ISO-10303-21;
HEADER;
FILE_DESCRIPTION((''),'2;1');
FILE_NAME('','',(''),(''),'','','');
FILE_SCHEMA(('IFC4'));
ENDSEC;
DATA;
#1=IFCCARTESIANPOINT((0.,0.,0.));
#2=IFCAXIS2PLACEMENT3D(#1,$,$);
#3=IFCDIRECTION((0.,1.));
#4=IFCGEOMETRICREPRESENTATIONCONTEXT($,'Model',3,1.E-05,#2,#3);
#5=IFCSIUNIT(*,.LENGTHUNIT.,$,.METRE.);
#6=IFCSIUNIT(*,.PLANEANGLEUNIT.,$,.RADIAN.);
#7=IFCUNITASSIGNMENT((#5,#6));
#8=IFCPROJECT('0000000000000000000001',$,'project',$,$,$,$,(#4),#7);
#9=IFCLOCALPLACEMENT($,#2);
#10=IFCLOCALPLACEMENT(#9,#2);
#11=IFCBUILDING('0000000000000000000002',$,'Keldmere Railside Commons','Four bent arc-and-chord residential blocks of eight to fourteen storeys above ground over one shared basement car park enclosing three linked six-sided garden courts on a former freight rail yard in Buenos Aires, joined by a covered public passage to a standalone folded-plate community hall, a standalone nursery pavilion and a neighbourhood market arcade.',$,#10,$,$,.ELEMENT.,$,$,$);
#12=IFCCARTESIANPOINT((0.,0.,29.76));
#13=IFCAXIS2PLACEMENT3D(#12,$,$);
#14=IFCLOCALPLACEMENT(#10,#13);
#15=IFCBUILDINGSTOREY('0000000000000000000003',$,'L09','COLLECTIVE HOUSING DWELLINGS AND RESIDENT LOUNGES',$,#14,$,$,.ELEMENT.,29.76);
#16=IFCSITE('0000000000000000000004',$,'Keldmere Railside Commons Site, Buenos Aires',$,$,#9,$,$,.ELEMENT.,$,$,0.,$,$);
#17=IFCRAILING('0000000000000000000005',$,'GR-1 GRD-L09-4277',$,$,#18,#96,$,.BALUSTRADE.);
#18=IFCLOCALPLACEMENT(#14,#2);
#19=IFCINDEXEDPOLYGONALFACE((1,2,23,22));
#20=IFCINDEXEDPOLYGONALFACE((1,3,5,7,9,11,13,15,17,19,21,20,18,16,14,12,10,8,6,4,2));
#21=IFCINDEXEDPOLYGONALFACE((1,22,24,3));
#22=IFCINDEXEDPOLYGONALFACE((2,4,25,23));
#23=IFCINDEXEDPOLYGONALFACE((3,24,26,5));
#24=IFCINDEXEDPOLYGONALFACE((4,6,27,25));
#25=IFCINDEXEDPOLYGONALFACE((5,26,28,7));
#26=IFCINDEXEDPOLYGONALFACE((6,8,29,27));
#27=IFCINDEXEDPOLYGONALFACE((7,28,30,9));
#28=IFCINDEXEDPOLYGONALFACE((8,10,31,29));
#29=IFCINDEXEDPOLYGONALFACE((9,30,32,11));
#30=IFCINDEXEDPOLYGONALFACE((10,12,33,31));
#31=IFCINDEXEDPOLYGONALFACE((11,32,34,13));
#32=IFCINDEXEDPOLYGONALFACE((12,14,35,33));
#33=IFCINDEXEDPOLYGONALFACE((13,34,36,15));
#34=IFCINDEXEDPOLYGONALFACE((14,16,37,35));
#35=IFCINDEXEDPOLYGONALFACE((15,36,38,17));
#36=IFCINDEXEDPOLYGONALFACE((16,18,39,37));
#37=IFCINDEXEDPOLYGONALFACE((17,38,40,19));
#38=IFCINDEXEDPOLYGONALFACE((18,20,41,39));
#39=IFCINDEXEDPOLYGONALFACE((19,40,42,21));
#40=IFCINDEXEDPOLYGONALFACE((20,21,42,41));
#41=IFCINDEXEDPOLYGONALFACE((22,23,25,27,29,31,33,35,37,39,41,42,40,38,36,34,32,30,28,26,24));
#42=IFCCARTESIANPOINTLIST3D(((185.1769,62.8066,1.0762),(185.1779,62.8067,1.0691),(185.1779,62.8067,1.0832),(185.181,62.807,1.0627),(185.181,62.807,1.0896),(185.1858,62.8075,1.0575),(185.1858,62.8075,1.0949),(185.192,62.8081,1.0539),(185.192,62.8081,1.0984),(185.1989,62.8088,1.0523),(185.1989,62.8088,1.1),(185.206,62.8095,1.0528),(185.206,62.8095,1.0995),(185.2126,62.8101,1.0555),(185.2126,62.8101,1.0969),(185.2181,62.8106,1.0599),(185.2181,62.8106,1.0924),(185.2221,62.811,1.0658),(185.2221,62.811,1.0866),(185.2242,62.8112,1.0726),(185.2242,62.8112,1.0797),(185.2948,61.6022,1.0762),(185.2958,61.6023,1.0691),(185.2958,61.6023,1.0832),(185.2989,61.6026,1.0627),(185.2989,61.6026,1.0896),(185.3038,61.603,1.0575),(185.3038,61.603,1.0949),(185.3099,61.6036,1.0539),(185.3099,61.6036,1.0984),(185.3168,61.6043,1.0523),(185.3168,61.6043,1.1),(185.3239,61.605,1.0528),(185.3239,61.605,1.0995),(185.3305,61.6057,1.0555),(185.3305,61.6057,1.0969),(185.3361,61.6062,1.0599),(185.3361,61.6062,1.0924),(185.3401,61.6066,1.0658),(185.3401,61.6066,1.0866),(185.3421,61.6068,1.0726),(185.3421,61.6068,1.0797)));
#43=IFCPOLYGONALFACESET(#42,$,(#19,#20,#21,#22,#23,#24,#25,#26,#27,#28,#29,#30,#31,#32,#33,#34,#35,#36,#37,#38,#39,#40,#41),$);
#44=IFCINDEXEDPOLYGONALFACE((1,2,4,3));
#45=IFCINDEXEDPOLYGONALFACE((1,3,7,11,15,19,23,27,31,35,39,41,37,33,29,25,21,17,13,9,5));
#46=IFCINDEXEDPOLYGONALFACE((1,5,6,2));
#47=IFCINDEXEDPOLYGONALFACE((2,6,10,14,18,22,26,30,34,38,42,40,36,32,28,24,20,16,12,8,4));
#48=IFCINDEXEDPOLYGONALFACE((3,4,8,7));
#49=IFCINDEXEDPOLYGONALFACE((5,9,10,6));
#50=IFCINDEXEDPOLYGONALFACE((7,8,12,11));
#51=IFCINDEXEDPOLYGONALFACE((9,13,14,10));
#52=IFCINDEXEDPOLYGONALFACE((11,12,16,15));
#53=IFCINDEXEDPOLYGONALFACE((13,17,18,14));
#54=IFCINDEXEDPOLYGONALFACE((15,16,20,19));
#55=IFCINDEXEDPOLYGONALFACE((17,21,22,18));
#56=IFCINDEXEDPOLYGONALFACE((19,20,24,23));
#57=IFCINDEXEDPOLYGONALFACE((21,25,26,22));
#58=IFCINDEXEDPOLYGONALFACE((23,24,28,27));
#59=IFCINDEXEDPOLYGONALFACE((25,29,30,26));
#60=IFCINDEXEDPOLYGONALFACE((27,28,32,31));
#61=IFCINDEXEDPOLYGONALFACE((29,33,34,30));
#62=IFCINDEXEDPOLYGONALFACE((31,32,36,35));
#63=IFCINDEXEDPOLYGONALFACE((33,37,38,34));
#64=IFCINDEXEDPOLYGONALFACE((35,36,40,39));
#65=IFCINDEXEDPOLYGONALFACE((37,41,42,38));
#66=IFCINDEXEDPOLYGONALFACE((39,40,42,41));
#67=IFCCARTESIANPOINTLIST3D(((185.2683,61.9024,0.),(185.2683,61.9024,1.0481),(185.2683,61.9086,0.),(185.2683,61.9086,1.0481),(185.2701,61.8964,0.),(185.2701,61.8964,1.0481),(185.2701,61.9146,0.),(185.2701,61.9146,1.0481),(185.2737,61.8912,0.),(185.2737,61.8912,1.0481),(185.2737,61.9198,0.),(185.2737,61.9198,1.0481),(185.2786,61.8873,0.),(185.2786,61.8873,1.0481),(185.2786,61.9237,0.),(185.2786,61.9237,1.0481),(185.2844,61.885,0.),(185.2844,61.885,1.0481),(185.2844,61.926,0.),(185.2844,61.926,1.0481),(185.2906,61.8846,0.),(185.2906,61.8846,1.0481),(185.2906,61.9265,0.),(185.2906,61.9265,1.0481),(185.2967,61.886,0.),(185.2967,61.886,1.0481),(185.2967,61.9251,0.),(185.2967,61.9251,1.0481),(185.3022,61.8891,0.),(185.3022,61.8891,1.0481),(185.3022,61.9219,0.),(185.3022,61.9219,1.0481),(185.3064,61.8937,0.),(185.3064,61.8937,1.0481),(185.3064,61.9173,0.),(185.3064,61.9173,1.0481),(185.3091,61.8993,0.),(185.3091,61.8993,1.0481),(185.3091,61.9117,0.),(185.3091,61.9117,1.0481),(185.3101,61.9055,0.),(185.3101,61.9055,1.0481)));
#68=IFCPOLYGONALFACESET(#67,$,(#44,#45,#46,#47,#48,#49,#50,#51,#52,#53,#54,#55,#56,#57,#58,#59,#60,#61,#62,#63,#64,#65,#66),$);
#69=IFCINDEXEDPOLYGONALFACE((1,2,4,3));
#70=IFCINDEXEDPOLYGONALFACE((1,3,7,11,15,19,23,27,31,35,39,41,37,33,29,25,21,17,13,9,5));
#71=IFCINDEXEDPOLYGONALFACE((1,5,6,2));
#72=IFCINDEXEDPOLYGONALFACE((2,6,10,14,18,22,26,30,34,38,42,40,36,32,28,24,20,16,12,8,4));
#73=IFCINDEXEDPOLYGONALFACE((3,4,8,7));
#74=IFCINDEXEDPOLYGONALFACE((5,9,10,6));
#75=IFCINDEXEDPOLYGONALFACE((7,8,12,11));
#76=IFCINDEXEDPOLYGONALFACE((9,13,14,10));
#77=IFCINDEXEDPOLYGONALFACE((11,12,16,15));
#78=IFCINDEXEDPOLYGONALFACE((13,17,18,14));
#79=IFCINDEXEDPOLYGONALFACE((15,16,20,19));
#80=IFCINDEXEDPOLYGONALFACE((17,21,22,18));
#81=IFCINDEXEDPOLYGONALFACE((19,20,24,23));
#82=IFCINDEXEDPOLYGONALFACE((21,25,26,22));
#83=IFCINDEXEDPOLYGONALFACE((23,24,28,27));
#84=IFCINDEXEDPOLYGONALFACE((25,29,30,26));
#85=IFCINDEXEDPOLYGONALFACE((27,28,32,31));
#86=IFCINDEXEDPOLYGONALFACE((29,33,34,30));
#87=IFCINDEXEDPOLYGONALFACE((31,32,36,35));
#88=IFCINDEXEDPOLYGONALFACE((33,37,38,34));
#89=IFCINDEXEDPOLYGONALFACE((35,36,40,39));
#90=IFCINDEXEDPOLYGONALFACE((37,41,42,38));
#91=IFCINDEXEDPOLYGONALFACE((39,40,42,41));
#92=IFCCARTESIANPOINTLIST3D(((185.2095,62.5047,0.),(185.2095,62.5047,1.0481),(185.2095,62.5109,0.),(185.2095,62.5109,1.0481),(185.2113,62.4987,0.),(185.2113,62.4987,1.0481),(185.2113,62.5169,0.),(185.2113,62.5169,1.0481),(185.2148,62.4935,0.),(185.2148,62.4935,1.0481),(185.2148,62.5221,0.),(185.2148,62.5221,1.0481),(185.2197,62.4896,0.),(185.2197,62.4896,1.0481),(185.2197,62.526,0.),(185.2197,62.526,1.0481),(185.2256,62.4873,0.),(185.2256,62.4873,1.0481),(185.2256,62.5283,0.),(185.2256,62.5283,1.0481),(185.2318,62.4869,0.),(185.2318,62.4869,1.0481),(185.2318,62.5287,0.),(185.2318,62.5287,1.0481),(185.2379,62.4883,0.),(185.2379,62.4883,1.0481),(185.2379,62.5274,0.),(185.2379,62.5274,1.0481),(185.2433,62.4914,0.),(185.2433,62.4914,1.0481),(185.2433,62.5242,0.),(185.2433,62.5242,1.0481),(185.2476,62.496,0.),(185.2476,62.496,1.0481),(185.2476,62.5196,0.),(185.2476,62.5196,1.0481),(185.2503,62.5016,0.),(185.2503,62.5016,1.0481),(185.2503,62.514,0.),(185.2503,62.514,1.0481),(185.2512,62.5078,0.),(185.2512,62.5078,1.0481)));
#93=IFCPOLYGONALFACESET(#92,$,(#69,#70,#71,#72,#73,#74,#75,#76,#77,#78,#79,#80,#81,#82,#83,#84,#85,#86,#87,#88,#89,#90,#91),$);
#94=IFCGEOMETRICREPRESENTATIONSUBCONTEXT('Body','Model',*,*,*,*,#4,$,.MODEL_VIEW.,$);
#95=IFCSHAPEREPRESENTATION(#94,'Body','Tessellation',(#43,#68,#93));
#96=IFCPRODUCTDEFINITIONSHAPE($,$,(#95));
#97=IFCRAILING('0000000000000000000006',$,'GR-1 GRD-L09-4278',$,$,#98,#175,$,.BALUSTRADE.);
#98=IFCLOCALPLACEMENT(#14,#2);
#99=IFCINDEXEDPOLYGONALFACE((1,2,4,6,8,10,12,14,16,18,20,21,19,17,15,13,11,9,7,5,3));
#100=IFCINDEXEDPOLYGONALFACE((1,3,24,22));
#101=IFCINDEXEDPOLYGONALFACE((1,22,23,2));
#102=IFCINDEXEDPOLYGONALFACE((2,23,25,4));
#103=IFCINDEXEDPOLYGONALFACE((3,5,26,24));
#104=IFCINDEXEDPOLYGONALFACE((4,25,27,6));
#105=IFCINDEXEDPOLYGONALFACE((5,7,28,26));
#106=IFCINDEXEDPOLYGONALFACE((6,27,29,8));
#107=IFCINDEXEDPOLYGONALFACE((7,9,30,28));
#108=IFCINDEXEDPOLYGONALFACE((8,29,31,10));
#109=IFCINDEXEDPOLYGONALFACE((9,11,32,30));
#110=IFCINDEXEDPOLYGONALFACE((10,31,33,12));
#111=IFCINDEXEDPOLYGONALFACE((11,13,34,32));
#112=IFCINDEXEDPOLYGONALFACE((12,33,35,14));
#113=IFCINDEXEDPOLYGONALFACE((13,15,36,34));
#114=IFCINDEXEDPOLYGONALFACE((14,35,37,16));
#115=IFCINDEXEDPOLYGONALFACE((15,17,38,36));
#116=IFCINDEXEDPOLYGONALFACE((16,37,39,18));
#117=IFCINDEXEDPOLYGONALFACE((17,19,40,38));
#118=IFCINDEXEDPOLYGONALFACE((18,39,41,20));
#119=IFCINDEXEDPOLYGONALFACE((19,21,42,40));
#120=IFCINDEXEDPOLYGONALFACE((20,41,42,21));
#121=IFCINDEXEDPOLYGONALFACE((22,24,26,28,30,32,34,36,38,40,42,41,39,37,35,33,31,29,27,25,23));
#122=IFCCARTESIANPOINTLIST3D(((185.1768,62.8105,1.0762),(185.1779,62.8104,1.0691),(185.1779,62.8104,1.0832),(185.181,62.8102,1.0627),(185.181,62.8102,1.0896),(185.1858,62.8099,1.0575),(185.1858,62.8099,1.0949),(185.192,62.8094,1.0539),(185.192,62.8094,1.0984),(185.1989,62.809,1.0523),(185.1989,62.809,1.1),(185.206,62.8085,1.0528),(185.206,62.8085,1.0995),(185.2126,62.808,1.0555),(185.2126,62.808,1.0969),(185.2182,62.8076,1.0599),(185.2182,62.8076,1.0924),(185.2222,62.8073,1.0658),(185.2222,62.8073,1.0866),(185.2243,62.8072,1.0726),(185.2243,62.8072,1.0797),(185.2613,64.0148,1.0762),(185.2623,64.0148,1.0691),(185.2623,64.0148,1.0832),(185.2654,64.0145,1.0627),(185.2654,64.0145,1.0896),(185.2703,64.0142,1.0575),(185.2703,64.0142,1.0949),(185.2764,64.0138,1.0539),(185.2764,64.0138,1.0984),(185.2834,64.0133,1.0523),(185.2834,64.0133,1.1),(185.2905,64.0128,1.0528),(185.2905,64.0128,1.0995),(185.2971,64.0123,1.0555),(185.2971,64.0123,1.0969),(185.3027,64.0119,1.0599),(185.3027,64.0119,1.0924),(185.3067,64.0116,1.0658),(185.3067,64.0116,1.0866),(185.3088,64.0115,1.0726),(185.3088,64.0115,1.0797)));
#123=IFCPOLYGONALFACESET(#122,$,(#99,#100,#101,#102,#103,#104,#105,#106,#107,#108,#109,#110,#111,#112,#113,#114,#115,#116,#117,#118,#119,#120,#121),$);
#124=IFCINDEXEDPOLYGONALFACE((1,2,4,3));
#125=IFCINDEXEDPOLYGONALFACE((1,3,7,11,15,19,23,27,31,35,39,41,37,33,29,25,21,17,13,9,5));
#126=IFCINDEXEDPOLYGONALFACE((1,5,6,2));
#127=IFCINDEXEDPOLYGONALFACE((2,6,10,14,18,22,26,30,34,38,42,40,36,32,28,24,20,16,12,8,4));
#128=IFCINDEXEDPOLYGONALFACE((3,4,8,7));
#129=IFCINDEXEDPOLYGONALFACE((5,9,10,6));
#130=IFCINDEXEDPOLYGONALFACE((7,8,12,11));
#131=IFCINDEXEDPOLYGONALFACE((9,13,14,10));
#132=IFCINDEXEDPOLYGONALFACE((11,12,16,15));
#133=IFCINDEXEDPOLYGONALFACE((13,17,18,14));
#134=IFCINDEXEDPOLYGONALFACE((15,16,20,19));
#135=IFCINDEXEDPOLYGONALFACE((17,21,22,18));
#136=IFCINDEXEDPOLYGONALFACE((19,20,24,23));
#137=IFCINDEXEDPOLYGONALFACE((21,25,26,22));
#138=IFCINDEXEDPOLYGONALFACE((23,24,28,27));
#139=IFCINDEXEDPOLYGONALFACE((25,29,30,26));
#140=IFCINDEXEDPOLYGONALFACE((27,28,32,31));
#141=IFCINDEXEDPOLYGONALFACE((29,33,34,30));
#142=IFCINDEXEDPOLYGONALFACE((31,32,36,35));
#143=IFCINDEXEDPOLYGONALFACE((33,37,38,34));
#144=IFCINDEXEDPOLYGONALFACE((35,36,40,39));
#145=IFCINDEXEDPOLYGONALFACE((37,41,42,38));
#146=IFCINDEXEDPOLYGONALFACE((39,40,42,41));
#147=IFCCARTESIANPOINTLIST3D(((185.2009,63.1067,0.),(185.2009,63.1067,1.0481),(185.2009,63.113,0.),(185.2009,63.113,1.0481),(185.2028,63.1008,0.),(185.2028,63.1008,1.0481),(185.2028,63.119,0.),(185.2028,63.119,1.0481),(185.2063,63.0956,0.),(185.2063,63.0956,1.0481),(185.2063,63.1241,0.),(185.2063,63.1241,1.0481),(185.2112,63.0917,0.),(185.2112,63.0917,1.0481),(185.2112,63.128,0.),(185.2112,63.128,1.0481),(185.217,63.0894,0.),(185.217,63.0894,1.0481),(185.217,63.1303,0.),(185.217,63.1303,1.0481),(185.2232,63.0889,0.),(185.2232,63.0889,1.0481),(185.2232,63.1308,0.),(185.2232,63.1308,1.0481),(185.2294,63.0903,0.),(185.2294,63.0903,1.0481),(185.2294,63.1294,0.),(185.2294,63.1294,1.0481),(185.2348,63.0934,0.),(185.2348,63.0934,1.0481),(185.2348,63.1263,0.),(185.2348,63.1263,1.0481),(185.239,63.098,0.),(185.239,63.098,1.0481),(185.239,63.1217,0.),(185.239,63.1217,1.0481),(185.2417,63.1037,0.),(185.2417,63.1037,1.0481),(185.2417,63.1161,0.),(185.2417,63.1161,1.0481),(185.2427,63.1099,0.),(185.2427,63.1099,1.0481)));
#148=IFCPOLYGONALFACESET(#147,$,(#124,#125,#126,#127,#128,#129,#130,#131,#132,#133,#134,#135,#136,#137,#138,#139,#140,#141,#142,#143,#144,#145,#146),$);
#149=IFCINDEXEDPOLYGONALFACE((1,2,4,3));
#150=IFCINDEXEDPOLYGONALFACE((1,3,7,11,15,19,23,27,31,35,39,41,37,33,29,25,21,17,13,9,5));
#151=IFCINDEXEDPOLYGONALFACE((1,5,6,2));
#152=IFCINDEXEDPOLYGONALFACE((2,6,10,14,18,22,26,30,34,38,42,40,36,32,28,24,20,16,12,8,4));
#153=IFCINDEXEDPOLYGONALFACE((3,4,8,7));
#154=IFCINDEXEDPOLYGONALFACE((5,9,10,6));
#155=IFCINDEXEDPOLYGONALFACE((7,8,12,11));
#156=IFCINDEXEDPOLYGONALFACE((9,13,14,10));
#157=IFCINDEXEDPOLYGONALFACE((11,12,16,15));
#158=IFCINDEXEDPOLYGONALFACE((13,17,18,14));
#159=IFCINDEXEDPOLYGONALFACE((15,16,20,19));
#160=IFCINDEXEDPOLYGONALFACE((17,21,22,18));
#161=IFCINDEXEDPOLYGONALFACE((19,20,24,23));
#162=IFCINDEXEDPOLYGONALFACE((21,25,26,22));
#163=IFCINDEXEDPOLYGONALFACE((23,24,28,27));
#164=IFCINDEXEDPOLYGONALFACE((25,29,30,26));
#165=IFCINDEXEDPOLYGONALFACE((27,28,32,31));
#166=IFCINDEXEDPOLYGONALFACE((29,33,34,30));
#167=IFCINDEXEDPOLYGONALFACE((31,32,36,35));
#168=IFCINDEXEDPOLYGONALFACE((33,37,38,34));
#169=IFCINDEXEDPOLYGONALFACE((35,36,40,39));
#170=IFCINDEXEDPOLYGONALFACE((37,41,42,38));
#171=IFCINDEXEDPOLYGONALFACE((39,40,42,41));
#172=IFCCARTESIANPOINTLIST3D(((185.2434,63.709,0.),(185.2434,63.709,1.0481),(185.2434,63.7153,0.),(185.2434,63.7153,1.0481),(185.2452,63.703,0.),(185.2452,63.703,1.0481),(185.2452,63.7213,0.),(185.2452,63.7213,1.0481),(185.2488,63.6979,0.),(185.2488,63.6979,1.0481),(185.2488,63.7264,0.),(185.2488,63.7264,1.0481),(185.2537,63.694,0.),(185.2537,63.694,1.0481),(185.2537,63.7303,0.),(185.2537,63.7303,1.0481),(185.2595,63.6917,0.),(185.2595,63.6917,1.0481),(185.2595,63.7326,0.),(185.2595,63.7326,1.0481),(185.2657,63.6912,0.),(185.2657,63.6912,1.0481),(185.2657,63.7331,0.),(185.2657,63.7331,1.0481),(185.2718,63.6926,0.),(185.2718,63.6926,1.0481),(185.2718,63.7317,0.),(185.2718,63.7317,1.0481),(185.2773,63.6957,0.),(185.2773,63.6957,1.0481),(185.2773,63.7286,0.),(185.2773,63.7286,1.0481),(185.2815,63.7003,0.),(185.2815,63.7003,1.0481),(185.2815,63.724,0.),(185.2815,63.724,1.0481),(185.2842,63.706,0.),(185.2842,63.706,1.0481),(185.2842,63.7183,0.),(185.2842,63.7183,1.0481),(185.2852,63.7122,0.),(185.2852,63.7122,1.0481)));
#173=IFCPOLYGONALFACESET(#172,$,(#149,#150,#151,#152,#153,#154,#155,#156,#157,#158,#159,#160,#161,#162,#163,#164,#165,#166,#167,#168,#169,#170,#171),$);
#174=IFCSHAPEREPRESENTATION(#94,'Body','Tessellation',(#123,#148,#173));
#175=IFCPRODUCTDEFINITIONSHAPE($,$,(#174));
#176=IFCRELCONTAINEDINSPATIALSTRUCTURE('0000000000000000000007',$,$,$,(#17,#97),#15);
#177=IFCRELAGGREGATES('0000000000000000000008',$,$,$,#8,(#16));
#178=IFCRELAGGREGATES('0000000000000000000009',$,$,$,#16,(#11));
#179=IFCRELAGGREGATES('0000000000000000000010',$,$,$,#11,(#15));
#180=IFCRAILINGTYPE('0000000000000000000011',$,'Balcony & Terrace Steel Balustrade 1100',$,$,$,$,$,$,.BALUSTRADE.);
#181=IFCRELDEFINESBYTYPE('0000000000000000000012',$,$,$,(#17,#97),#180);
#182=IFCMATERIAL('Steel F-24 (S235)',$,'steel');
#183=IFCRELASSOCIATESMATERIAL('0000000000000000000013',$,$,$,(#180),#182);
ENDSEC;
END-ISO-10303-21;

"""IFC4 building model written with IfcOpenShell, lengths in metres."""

from ifc_helpers import new_model, si_unit, direction, frame, origin, origin_2d, place, context, subcontext, project, spatial, circle, extrude, material, type_object, element, save


model = new_model("IFC4")

# Units and contexts
model_context = context("Model", 3, precision=1e-05, world=origin(), true_north=direction((0.0, 1.0)))
body_context = subcontext(model_context, "Body", "Model", "MODEL_VIEW")
ifc_project = project(units=[si_unit("LENGTHUNIT", "METRE"), si_unit("PLANEANGLEUNIT", "RADIAN")], contexts=[model_context])

# Site, building, storey
site_placement = place(None, origin())
site = spatial("IfcSite", under=ifc_project, at=site_placement, Name="Keldmere Railside Commons Site, Buenos Aires", CompositionType="ELEMENT", RefElevation=0.0)
building_placement = place(site_placement, origin())
building = spatial("IfcBuilding", under=site, at=building_placement, Name="Keldmere Railside Commons", Description="Four bent arc-and-chord residential blocks of eight to fourteen storeys above ground over one shared basement car park enclosing three linked six-sided garden courts on a former freight rail yard in Buenos Aires, joined by a covered public passage to a standalone folded-plate community hall, a standalone nursery pavilion and a neighbourhood market arcade.", CompositionType="ELEMENT")
storey_placement = place(building_placement, frame((0.0, 0.0, 29.76)))
storey = spatial("IfcBuildingStorey", under=building, at=storey_placement, Name="L09", Description="COLLECTIVE HOUSING DWELLINGS AND RESIDENT LOUNGES", CompositionType="ELEMENT", Elevation=29.76)

# Shared definitions
ifc_material_1 = material(Name="Steel F-24 (S235)", Category="steel")

# Railings
railing_type_1 = type_object("IfcRailingType", Name="Balcony & Terrace Steel Balustrade 1100", PredefinedType="BALUSTRADE", material=ifc_material_1)
railing_1_placement = place(storey_placement, frame((185.3186, 61.6045, 0.0)))
element("IfcRailing", 1, at=railing_1_placement, inside=storey, type_object=railing_type_1, Name="GR-1 GRD-L09-4277", PredefinedType="BALUSTRADE", context=body_context, shape_type="SweptSolid", body=[
    extrude(circle(Radius=0.0239, at=origin_2d()), frame((0.0, 0.0, 1.0762), z_axis=(-0.097446, 0.995241, 0.0), x_axis=(-0.995241, -0.097446, 0.0)), (0.0, 0.0, 1.0), 1.2102),
    extrude(circle(Radius=0.021, at=origin_2d()), frame((-0.0295, 0.301, 0.0)), (0.0, 0.0, 1.0), 1.0481),
    extrude(circle(Radius=0.021, at=origin_2d()), frame((-0.0884, 0.9033, 0.0)), (0.0, 0.0, 1.0), 1.0481),
])
railing_2_placement = place(storey_placement, frame((185.2007, 62.8088, 0.0)))
element("IfcRailing", 2, at=railing_2_placement, inside=storey, type_object=railing_type_1, Name="GR-1 GRD-L09-4278", PredefinedType="BALUSTRADE", context=body_context, shape_type="SweptSolid", body=[
    extrude(circle(Radius=0.0239, at=origin_2d()), frame((0.0, 0.0, 1.0762), z_axis=(0.069968, 0.997549, 0.0), x_axis=(-0.997549, 0.069968, 0.0)), (0.0, 0.0, 1.0), 1.2073),
    extrude(circle(Radius=0.021, at=origin_2d()), frame((0.021, 0.301, 0.0)), (0.0, 0.0, 1.0), 1.0481),
    extrude(circle(Radius=0.021, at=origin_2d()), frame((0.0635, 0.9033, 0.0)), (0.0, 0.0, 1.0), 1.0481),
])

save(model, "model.ifc")
